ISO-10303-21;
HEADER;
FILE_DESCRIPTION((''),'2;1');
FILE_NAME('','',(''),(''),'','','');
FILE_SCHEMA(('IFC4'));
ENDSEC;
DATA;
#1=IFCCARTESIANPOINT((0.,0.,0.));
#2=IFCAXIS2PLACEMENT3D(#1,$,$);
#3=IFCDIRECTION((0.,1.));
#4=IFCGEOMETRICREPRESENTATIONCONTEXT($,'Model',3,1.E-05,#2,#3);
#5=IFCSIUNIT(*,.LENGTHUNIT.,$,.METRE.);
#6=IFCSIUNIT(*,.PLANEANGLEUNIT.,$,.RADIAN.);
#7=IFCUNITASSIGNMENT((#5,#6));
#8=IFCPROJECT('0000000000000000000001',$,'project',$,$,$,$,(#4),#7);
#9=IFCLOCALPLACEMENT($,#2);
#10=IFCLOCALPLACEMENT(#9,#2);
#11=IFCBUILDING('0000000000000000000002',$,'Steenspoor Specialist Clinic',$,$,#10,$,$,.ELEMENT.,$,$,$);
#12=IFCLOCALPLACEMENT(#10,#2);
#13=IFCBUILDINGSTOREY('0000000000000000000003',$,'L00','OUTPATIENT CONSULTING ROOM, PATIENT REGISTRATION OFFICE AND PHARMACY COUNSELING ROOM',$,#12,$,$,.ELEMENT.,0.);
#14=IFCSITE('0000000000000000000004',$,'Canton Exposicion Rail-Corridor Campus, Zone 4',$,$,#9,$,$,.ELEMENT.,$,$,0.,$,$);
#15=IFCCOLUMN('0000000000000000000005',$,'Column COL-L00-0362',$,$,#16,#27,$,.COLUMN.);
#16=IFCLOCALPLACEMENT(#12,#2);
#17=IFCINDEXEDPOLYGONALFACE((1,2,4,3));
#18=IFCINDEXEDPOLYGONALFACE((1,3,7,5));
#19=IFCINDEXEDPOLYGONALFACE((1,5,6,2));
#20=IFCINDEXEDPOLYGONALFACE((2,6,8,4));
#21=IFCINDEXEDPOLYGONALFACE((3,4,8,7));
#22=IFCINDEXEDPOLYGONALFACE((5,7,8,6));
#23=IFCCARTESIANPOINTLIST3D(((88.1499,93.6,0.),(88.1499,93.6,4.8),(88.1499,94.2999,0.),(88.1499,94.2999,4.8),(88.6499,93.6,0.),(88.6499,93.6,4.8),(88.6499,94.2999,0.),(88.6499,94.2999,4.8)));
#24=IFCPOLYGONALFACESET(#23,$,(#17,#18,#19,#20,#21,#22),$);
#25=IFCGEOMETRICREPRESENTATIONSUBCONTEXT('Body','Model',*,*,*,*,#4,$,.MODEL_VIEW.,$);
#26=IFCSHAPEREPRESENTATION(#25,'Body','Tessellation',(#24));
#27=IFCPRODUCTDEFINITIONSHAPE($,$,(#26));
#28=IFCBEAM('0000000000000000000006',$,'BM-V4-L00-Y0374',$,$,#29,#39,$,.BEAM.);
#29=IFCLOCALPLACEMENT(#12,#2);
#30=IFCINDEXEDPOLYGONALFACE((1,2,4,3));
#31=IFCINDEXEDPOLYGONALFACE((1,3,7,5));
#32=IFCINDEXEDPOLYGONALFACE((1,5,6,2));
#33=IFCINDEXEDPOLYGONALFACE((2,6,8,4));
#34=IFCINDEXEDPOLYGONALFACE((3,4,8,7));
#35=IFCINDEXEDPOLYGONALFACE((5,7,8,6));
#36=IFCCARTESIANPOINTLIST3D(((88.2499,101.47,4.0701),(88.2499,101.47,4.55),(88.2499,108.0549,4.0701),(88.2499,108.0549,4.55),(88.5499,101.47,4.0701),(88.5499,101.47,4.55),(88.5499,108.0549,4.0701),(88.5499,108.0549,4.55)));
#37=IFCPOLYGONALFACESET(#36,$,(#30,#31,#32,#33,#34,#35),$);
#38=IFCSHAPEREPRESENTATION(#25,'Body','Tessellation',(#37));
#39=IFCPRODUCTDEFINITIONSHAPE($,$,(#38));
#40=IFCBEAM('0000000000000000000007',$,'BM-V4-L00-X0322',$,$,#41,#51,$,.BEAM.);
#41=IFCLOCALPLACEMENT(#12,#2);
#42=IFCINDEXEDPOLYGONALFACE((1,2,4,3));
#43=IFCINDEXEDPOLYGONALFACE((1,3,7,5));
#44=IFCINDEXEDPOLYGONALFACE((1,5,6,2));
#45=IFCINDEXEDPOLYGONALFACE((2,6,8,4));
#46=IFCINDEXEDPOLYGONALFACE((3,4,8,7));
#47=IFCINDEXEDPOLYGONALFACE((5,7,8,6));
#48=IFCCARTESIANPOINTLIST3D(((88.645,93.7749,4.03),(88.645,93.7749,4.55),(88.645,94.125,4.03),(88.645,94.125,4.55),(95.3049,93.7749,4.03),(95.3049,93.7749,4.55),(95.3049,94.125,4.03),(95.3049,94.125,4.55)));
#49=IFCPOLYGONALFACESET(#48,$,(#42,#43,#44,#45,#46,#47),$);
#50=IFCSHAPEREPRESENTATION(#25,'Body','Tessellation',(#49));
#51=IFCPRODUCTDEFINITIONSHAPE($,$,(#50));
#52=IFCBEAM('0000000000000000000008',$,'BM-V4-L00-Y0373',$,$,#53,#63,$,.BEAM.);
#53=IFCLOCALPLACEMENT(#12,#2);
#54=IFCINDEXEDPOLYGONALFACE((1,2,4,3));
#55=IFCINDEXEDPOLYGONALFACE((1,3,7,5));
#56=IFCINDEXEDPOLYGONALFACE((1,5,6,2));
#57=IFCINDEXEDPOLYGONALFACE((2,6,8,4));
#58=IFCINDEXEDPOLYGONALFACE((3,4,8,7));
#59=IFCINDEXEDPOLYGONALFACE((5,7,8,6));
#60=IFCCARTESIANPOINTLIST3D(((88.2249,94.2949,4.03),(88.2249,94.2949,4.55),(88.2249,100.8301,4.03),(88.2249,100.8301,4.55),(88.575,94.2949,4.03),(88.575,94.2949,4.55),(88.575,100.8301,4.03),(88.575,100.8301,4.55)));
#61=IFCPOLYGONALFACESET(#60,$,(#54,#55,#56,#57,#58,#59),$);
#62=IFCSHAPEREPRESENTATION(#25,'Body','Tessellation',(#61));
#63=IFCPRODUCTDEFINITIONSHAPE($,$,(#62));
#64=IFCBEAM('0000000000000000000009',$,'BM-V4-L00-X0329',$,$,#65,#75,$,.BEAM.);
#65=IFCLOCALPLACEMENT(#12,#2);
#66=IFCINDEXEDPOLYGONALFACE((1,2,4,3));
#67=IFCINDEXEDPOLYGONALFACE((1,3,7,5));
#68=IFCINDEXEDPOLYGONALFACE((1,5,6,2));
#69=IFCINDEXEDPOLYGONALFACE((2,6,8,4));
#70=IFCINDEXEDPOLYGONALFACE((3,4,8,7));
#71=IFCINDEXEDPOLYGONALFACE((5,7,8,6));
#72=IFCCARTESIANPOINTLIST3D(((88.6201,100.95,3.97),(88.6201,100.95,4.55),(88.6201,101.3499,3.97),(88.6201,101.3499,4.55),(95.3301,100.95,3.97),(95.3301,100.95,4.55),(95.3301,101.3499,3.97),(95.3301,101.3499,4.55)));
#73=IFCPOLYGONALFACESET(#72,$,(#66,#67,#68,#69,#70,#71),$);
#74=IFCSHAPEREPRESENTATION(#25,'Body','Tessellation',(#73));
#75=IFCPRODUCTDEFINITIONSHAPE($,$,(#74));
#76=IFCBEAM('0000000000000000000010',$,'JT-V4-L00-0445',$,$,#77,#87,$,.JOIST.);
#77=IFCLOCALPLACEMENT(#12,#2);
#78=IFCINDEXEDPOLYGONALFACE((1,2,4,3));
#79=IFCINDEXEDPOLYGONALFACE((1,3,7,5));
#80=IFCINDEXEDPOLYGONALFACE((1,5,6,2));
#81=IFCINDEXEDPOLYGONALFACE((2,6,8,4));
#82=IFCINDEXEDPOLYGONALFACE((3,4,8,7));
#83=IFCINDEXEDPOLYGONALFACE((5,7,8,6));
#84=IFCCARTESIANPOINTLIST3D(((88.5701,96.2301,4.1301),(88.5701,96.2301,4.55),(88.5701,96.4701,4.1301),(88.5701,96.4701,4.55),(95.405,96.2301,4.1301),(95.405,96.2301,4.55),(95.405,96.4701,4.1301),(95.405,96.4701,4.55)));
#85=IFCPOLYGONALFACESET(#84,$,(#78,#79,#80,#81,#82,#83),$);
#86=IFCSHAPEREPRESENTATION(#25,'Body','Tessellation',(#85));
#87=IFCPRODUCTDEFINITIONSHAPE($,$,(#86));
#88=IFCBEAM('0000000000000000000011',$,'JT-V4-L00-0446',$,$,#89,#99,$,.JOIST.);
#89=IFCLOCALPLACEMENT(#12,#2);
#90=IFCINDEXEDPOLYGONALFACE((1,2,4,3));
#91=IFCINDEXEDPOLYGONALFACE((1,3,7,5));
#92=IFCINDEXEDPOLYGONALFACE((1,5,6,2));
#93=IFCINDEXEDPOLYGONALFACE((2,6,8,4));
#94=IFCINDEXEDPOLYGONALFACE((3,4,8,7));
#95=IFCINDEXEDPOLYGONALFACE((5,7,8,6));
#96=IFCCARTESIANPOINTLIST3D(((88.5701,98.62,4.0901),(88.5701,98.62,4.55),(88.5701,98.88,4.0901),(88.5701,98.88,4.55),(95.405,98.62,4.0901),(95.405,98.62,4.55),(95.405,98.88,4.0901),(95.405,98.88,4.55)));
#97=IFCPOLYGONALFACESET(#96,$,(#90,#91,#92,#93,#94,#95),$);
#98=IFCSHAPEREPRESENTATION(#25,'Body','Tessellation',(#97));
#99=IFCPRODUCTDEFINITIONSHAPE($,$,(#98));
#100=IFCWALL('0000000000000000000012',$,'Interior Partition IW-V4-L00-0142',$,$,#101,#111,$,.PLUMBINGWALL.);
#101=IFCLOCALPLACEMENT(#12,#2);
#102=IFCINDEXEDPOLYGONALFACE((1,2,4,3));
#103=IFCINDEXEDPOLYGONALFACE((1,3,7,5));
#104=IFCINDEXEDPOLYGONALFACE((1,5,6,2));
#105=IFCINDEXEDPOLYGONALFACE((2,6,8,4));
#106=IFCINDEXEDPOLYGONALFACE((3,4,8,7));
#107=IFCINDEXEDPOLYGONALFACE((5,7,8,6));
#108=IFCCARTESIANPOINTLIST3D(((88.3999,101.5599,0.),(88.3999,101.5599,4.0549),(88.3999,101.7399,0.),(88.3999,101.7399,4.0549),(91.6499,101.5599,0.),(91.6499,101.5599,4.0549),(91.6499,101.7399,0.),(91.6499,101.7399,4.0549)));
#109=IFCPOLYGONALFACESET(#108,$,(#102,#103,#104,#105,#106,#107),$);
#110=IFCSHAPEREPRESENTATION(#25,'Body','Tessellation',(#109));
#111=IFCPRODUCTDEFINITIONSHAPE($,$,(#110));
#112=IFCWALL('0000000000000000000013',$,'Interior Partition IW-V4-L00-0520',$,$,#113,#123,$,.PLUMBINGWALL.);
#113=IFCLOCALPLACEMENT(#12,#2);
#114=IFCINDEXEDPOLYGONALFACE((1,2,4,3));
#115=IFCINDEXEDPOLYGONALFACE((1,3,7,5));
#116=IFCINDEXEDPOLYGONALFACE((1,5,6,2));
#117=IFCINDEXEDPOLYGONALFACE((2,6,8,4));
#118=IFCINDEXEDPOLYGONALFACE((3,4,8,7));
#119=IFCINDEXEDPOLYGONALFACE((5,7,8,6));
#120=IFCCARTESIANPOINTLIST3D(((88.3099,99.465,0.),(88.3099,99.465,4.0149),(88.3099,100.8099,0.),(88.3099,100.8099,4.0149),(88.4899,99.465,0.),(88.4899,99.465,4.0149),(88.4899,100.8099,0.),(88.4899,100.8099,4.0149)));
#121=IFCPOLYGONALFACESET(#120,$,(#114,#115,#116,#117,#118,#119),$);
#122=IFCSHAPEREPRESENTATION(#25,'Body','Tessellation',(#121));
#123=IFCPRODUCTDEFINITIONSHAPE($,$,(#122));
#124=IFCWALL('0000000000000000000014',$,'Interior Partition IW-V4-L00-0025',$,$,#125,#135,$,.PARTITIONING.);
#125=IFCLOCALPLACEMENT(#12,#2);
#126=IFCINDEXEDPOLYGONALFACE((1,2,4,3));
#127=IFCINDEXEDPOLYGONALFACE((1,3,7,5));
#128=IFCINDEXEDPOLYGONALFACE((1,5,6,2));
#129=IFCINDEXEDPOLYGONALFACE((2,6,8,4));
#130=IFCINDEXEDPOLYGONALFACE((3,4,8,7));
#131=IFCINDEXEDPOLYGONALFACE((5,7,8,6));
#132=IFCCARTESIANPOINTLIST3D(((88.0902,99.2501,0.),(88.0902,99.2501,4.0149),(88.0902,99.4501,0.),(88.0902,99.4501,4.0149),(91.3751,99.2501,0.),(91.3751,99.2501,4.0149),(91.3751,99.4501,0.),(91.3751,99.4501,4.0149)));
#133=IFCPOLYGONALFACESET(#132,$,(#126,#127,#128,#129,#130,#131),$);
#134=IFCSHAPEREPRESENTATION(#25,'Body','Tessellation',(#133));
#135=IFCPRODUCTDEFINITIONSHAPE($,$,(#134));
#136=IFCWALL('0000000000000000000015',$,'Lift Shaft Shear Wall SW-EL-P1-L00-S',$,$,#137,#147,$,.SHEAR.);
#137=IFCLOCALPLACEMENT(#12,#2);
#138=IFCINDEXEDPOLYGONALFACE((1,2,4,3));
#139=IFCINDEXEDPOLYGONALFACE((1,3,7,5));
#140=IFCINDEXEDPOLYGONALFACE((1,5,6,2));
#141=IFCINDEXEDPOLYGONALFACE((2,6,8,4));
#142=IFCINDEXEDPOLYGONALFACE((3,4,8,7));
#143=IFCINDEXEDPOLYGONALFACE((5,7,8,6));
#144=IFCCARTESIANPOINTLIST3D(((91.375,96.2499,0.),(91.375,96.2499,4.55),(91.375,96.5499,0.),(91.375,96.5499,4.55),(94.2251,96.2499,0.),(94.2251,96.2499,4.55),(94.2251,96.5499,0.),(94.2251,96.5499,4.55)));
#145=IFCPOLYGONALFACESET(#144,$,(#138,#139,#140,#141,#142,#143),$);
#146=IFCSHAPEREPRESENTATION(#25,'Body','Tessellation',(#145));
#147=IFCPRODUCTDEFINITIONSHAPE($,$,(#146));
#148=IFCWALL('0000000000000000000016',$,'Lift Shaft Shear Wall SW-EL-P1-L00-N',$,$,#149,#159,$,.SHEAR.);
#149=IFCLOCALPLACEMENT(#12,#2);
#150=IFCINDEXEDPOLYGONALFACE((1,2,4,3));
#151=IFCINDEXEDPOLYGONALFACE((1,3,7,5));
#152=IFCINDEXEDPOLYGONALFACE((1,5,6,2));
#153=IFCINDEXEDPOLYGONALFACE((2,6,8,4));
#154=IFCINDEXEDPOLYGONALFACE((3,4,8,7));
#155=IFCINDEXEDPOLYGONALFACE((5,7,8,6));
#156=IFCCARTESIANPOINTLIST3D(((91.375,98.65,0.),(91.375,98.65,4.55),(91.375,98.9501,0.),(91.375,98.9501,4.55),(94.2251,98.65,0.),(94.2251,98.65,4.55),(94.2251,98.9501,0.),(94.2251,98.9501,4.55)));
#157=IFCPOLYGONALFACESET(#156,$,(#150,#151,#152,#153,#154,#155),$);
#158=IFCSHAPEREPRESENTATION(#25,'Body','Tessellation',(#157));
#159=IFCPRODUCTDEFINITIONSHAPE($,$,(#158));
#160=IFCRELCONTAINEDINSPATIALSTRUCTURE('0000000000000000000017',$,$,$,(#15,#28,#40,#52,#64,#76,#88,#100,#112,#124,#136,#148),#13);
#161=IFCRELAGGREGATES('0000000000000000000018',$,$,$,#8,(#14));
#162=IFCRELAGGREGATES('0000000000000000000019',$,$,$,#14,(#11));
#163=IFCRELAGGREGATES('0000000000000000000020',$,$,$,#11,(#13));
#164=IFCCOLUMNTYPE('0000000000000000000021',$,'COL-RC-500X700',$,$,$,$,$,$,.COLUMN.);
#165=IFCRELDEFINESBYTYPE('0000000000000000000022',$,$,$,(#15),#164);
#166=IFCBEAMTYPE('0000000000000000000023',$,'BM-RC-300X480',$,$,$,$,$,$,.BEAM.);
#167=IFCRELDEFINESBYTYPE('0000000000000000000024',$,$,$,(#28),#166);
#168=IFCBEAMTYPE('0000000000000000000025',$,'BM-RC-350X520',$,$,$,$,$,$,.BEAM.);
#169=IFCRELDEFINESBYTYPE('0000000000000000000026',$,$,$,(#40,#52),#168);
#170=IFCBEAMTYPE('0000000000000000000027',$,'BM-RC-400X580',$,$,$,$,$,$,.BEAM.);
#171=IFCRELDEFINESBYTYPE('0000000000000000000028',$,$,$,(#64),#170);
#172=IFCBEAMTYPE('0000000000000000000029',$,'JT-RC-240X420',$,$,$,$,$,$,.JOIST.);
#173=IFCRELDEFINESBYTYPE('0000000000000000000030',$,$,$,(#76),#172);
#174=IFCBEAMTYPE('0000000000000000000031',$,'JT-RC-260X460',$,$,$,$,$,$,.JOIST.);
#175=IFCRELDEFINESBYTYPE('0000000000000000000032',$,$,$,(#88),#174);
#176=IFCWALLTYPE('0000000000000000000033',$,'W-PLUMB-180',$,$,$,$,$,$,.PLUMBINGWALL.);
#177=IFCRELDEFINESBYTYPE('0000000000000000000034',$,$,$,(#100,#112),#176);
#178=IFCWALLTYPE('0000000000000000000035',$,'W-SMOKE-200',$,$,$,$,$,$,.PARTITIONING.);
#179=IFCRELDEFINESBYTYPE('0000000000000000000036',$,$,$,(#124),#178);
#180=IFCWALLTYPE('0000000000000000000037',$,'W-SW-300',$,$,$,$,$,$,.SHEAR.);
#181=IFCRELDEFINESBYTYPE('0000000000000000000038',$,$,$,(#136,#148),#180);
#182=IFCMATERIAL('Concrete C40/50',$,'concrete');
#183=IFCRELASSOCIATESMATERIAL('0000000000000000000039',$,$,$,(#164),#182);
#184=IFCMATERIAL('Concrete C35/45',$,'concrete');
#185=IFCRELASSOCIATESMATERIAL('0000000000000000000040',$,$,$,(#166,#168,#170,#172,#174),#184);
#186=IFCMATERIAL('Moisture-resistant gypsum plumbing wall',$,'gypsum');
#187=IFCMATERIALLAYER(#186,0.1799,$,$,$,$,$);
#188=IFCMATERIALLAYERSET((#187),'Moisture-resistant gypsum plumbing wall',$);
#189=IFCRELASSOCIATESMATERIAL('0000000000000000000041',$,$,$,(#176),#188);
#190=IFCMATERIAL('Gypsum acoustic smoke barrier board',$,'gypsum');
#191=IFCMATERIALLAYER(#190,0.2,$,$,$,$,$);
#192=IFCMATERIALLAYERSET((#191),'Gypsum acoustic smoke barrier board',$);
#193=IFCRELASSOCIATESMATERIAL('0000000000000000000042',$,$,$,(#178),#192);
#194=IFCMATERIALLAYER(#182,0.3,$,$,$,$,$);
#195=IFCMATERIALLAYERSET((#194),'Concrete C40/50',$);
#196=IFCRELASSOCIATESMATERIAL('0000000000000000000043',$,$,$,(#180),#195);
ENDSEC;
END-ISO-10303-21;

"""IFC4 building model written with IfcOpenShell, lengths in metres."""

from ifc_helpers import new_model, si_unit, direction, frame, frame_2d, origin, origin_2d, place, context, subcontext, project, spatial, rectangle, extrude, material, layer, layer_set, material_profile, profile_set, type_object, element, save


model = new_model("IFC4")

# Units and contexts
model_context = context("Model", 3, precision=1e-05, world=origin(), true_north=direction((0.0, 1.0)))
body_context = subcontext(model_context, "Body", "Model", "MODEL_VIEW")
ifc_project = project(units=[si_unit("LENGTHUNIT", "METRE"), si_unit("PLANEANGLEUNIT", "RADIAN")], contexts=[model_context])

# Site, building, storey
site_placement = place(None, origin())
site = spatial("IfcSite", under=ifc_project, at=site_placement, Name="Canton Exposicion Rail-Corridor Campus, Zone 4", CompositionType="ELEMENT", RefElevation=0.0)
building_placement = place(site_placement, origin())
building = spatial("IfcBuilding", under=site, at=building_placement, Name="Steenspoor Specialist Clinic", CompositionType="ELEMENT")
storey_placement = place(building_placement, origin())
storey = spatial("IfcBuildingStorey", under=building, at=storey_placement, Name="L00", Description="OUTPATIENT CONSULTING ROOM, PATIENT REGISTRATION OFFICE AND PHARMACY COUNSELING ROOM", CompositionType="ELEMENT", Elevation=0.0)

# Shared definitions
ifc_material_1 = material(Name="Concrete C35/45", Category="concrete")

# Column
ifc_material_2 = material(Name="Concrete C40/50", Category="concrete")
ifc_material_profile_1 = material_profile(ifc_material_2, rectangle(XDim=0.5, YDim=0.7, at=origin_2d()), Name="RC-COL-500X700")
ifc_profile_set_1 = profile_set([ifc_material_profile_1], Name="Concrete C40/50")
column_type_1 = type_object("IfcColumnType", Name="COL-RC-500X700", PredefinedType="COLUMN", material=ifc_profile_set_1)
column_1_placement = place(storey_placement, frame((88.3999, 93.95, 0.0), z_axis=(0.0, 0.0, 1.0), x_axis=(1.0, 0.0, 0.0)))
element("IfcColumn", 1, at=column_1_placement, inside=storey, type_object=column_type_1, Name="Column COL-L00-0362", PredefinedType="COLUMN", context=body_context, shape_type="SweptSolid", body=[
    extrude(rectangle(XDim=0.5, YDim=0.7, at=origin_2d()), origin(), (0.0, 0.0, 1.0), 4.8),
])

# Beams
ifc_material_profile_2 = material_profile(ifc_material_1, rectangle(XDim=0.3, YDim=0.48, at=origin_2d()), Name="RC-BM-300X480")
ifc_profile_set_2 = profile_set([ifc_material_profile_2], Name="Concrete C35/45")
beam_type_1 = type_object("IfcBeamType", Name="BM-RC-300X480", PredefinedType="BEAM", material=ifc_profile_set_2)
beam_1_placement = place(storey_placement, frame((88.3999, 101.47, 4.3101), z_axis=(0.0, 1.0, 0.0), x_axis=(-1.0, 0.0, 0.0)))
element("IfcBeam", 2, at=beam_1_placement, inside=storey, type_object=beam_type_1, Name="BM-V4-L00-Y0374", PredefinedType="BEAM", context=body_context, shape_type="SweptSolid", body=[
    extrude(rectangle(XDim=0.3, YDim=0.48, at=origin_2d()), origin(), (0.0, 0.0, 1.0), 6.585),
])
ifc_material_profile_3 = material_profile(ifc_material_1, rectangle(XDim=0.3501, YDim=0.52, at=origin_2d()), Name="RC-BM-350X520")
ifc_profile_set_3 = profile_set([ifc_material_profile_3], Name="Concrete C35/45")
beam_type_2 = type_object("IfcBeamType", Name="BM-RC-350X520", PredefinedType="BEAM", material=ifc_profile_set_3)
beam_2_placement = place(storey_placement, frame((88.645, 93.95, 4.29), z_axis=(1.0, 0.0, 0.0), x_axis=(0.0, 1.0, 0.0)))
element("IfcBeam", 3, at=beam_2_placement, inside=storey, type_object=beam_type_2, Name="BM-V4-L00-X0322", PredefinedType="BEAM", context=body_context, shape_type="SweptSolid", body=[
    extrude(rectangle(XDim=0.3501, YDim=0.52, at=origin_2d()), origin(), (0.0, 0.0, 1.0), 6.6599),
])
beam_3_placement = place(storey_placement, frame((88.3999, 94.2949, 4.29), z_axis=(0.0, 1.0, 0.0), x_axis=(-1.0, 0.0, 0.0)))
element("IfcBeam", 4, at=beam_3_placement, inside=storey, type_object=beam_type_2, Name="BM-V4-L00-Y0373", PredefinedType="BEAM", context=body_context, shape_type="SweptSolid", body=[
    extrude(rectangle(XDim=0.3501, YDim=0.52, at=origin_2d()), origin(), (0.0, 0.0, 1.0), 6.5352),
])
ifc_material_profile_4 = material_profile(ifc_material_1, rectangle(XDim=0.3999, YDim=0.5801, at=origin_2d()), Name="RC-BM-400X580")
ifc_profile_set_4 = profile_set([ifc_material_profile_4], Name="Concrete C35/45")
beam_type_3 = type_object("IfcBeamType", Name="BM-RC-400X580", PredefinedType="BEAM", material=ifc_profile_set_4)
beam_4_placement = place(storey_placement, frame((88.6201, 101.1499, 4.26), z_axis=(1.0, 0.0, 0.0), x_axis=(0.0, 1.0, 0.0)))
element("IfcBeam", 5, at=beam_4_placement, inside=storey, type_object=beam_type_3, Name="BM-V4-L00-X0329", PredefinedType="BEAM", context=body_context, shape_type="SweptSolid", body=[
    extrude(rectangle(XDim=0.3999, YDim=0.5801, at=origin_2d()), origin(), (0.0, 0.0, 1.0), 6.71),
])
ifc_material_profile_5 = material_profile(ifc_material_1, rectangle(XDim=0.24, YDim=0.4199, at=origin_2d()), Name="RC-JT-240X420")
ifc_profile_set_5 = profile_set([ifc_material_profile_5], Name="Concrete C35/45")
beam_type_4 = type_object("IfcBeamType", Name="JT-RC-240X420", PredefinedType="JOIST", material=ifc_profile_set_5)
beam_5_placement = place(storey_placement, frame((88.5701, 96.3501, 4.3401), z_axis=(1.0, 0.0, 0.0), x_axis=(0.0, 1.0, 0.0)))
element("IfcBeam", 6, at=beam_5_placement, inside=storey, type_object=beam_type_4, Name="JT-V4-L00-0445", PredefinedType="JOIST", context=body_context, shape_type="SweptSolid", body=[
    extrude(rectangle(XDim=0.24, YDim=0.4199, at=origin_2d()), origin(), (0.0, 0.0, 1.0), 6.835),
])
ifc_material_profile_6 = material_profile(ifc_material_1, rectangle(XDim=0.26, YDim=0.46, at=origin_2d()), Name="RC-JT-260X460")
ifc_profile_set_6 = profile_set([ifc_material_profile_6], Name="Concrete C35/45")
beam_type_5 = type_object("IfcBeamType", Name="JT-RC-260X460", PredefinedType="JOIST", material=ifc_profile_set_6)
beam_6_placement = place(storey_placement, frame((88.5701, 98.75, 4.3201), z_axis=(1.0, 0.0, 0.0), x_axis=(0.0, 1.0, 0.0)))
element("IfcBeam", 7, at=beam_6_placement, inside=storey, type_object=beam_type_5, Name="JT-V4-L00-0446", PredefinedType="JOIST", context=body_context, shape_type="SweptSolid", body=[
    extrude(rectangle(XDim=0.26, YDim=0.46, at=origin_2d()), origin(), (0.0, 0.0, 1.0), 6.835),
])

# Walls
ifc_material_3 = material(Name="Moisture-resistant gypsum plumbing wall", Category="gypsum")
ifc_layer_1 = layer(ifc_material_3, 0.1799)
ifc_layer_set_1 = layer_set([ifc_layer_1], Name="Moisture-resistant gypsum plumbing wall")
wall_type_1 = type_object("IfcWallType", Name="W-PLUMB-180", PredefinedType="PLUMBINGWALL", material=ifc_layer_set_1)
wall_1_placement = place(storey_placement, frame((88.3999, 101.6499, 0.0), z_axis=(0.0, 0.0, 1.0), x_axis=(1.0, 0.0, 0.0)))
element("IfcWall", 8, at=wall_1_placement, inside=storey, type_object=wall_type_1, Name="Interior Partition IW-V4-L00-0142", PredefinedType="PLUMBINGWALL", context=body_context, shape_type="SweptSolid", body=[
    extrude(rectangle(XDim=3.25, YDim=0.1799, at=frame_2d((1.625, 0.0))), origin(), (0.0, 0.0, 1.0), 4.0549),
])
wall_2_placement = place(storey_placement, frame((88.3999, 99.4651, 0.0), z_axis=(0.0, 0.0, 1.0), x_axis=(0.0, 1.0, 0.0)))
element("IfcWall", 9, at=wall_2_placement, inside=storey, type_object=wall_type_1, Name="Interior Partition IW-V4-L00-0520", PredefinedType="PLUMBINGWALL", context=body_context, shape_type="SweptSolid", body=[
    extrude(rectangle(XDim=1.345, YDim=0.1799, at=frame_2d((0.6724, 0.0))), origin(), (0.0, 0.0, 1.0), 4.0149),
])
ifc_material_4 = material(Name="Gypsum acoustic smoke barrier board", Category="gypsum")
ifc_layer_2 = layer(ifc_material_4, 0.2)
ifc_layer_set_2 = layer_set([ifc_layer_2], Name="Gypsum acoustic smoke barrier board")
wall_type_2 = type_object("IfcWallType", Name="W-SMOKE-200", PredefinedType="PARTITIONING", material=ifc_layer_set_2)
wall_3_placement = place(storey_placement, frame((88.0901, 99.3501, 0.0), z_axis=(0.0, 0.0, 1.0), x_axis=(1.0, 0.0, 0.0)))
element("IfcWall", 10, at=wall_3_placement, inside=storey, type_object=wall_type_2, Name="Interior Partition IW-V4-L00-0025", PredefinedType="PARTITIONING", context=body_context, shape_type="SweptSolid", body=[
    extrude(rectangle(XDim=3.2849, YDim=0.2, at=frame_2d((1.6426, 0.0))), origin(), (0.0, 0.0, 1.0), 4.0149),
])
ifc_layer_3 = layer(ifc_material_2, 0.3)
ifc_layer_set_3 = layer_set([ifc_layer_3], Name="Concrete C40/50")
wall_type_3 = type_object("IfcWallType", Name="W-SW-300", PredefinedType="SHEAR", material=ifc_layer_set_3)
for number, where, z_axis, x_axis, name in (
    (11, (91.375, 96.3999, 0.0), (0.0, 0.0, 1.0), (1.0, 0.0, 0.0), "Lift Shaft Shear Wall SW-EL-P1-L00-S"),
    (12, (91.375, 98.8, 0.0), (0.0, 0.0, 1.0), (1.0, 0.0, 0.0), "Lift Shaft Shear Wall SW-EL-P1-L00-N"),
):
    element("IfcWall", number, at=place(storey_placement, frame(where, z_axis=z_axis, x_axis=x_axis)), inside=storey, type_object=wall_type_3, Name=name, PredefinedType="SHEAR", context=body_context, shape_type="SweptSolid", body=[
        extrude(rectangle(XDim=2.8501, YDim=0.3, at=frame_2d((1.425, 0.0))), origin(), (0.0, 0.0, 1.0), 4.55),
    ])

save(model, "model.ifc")
